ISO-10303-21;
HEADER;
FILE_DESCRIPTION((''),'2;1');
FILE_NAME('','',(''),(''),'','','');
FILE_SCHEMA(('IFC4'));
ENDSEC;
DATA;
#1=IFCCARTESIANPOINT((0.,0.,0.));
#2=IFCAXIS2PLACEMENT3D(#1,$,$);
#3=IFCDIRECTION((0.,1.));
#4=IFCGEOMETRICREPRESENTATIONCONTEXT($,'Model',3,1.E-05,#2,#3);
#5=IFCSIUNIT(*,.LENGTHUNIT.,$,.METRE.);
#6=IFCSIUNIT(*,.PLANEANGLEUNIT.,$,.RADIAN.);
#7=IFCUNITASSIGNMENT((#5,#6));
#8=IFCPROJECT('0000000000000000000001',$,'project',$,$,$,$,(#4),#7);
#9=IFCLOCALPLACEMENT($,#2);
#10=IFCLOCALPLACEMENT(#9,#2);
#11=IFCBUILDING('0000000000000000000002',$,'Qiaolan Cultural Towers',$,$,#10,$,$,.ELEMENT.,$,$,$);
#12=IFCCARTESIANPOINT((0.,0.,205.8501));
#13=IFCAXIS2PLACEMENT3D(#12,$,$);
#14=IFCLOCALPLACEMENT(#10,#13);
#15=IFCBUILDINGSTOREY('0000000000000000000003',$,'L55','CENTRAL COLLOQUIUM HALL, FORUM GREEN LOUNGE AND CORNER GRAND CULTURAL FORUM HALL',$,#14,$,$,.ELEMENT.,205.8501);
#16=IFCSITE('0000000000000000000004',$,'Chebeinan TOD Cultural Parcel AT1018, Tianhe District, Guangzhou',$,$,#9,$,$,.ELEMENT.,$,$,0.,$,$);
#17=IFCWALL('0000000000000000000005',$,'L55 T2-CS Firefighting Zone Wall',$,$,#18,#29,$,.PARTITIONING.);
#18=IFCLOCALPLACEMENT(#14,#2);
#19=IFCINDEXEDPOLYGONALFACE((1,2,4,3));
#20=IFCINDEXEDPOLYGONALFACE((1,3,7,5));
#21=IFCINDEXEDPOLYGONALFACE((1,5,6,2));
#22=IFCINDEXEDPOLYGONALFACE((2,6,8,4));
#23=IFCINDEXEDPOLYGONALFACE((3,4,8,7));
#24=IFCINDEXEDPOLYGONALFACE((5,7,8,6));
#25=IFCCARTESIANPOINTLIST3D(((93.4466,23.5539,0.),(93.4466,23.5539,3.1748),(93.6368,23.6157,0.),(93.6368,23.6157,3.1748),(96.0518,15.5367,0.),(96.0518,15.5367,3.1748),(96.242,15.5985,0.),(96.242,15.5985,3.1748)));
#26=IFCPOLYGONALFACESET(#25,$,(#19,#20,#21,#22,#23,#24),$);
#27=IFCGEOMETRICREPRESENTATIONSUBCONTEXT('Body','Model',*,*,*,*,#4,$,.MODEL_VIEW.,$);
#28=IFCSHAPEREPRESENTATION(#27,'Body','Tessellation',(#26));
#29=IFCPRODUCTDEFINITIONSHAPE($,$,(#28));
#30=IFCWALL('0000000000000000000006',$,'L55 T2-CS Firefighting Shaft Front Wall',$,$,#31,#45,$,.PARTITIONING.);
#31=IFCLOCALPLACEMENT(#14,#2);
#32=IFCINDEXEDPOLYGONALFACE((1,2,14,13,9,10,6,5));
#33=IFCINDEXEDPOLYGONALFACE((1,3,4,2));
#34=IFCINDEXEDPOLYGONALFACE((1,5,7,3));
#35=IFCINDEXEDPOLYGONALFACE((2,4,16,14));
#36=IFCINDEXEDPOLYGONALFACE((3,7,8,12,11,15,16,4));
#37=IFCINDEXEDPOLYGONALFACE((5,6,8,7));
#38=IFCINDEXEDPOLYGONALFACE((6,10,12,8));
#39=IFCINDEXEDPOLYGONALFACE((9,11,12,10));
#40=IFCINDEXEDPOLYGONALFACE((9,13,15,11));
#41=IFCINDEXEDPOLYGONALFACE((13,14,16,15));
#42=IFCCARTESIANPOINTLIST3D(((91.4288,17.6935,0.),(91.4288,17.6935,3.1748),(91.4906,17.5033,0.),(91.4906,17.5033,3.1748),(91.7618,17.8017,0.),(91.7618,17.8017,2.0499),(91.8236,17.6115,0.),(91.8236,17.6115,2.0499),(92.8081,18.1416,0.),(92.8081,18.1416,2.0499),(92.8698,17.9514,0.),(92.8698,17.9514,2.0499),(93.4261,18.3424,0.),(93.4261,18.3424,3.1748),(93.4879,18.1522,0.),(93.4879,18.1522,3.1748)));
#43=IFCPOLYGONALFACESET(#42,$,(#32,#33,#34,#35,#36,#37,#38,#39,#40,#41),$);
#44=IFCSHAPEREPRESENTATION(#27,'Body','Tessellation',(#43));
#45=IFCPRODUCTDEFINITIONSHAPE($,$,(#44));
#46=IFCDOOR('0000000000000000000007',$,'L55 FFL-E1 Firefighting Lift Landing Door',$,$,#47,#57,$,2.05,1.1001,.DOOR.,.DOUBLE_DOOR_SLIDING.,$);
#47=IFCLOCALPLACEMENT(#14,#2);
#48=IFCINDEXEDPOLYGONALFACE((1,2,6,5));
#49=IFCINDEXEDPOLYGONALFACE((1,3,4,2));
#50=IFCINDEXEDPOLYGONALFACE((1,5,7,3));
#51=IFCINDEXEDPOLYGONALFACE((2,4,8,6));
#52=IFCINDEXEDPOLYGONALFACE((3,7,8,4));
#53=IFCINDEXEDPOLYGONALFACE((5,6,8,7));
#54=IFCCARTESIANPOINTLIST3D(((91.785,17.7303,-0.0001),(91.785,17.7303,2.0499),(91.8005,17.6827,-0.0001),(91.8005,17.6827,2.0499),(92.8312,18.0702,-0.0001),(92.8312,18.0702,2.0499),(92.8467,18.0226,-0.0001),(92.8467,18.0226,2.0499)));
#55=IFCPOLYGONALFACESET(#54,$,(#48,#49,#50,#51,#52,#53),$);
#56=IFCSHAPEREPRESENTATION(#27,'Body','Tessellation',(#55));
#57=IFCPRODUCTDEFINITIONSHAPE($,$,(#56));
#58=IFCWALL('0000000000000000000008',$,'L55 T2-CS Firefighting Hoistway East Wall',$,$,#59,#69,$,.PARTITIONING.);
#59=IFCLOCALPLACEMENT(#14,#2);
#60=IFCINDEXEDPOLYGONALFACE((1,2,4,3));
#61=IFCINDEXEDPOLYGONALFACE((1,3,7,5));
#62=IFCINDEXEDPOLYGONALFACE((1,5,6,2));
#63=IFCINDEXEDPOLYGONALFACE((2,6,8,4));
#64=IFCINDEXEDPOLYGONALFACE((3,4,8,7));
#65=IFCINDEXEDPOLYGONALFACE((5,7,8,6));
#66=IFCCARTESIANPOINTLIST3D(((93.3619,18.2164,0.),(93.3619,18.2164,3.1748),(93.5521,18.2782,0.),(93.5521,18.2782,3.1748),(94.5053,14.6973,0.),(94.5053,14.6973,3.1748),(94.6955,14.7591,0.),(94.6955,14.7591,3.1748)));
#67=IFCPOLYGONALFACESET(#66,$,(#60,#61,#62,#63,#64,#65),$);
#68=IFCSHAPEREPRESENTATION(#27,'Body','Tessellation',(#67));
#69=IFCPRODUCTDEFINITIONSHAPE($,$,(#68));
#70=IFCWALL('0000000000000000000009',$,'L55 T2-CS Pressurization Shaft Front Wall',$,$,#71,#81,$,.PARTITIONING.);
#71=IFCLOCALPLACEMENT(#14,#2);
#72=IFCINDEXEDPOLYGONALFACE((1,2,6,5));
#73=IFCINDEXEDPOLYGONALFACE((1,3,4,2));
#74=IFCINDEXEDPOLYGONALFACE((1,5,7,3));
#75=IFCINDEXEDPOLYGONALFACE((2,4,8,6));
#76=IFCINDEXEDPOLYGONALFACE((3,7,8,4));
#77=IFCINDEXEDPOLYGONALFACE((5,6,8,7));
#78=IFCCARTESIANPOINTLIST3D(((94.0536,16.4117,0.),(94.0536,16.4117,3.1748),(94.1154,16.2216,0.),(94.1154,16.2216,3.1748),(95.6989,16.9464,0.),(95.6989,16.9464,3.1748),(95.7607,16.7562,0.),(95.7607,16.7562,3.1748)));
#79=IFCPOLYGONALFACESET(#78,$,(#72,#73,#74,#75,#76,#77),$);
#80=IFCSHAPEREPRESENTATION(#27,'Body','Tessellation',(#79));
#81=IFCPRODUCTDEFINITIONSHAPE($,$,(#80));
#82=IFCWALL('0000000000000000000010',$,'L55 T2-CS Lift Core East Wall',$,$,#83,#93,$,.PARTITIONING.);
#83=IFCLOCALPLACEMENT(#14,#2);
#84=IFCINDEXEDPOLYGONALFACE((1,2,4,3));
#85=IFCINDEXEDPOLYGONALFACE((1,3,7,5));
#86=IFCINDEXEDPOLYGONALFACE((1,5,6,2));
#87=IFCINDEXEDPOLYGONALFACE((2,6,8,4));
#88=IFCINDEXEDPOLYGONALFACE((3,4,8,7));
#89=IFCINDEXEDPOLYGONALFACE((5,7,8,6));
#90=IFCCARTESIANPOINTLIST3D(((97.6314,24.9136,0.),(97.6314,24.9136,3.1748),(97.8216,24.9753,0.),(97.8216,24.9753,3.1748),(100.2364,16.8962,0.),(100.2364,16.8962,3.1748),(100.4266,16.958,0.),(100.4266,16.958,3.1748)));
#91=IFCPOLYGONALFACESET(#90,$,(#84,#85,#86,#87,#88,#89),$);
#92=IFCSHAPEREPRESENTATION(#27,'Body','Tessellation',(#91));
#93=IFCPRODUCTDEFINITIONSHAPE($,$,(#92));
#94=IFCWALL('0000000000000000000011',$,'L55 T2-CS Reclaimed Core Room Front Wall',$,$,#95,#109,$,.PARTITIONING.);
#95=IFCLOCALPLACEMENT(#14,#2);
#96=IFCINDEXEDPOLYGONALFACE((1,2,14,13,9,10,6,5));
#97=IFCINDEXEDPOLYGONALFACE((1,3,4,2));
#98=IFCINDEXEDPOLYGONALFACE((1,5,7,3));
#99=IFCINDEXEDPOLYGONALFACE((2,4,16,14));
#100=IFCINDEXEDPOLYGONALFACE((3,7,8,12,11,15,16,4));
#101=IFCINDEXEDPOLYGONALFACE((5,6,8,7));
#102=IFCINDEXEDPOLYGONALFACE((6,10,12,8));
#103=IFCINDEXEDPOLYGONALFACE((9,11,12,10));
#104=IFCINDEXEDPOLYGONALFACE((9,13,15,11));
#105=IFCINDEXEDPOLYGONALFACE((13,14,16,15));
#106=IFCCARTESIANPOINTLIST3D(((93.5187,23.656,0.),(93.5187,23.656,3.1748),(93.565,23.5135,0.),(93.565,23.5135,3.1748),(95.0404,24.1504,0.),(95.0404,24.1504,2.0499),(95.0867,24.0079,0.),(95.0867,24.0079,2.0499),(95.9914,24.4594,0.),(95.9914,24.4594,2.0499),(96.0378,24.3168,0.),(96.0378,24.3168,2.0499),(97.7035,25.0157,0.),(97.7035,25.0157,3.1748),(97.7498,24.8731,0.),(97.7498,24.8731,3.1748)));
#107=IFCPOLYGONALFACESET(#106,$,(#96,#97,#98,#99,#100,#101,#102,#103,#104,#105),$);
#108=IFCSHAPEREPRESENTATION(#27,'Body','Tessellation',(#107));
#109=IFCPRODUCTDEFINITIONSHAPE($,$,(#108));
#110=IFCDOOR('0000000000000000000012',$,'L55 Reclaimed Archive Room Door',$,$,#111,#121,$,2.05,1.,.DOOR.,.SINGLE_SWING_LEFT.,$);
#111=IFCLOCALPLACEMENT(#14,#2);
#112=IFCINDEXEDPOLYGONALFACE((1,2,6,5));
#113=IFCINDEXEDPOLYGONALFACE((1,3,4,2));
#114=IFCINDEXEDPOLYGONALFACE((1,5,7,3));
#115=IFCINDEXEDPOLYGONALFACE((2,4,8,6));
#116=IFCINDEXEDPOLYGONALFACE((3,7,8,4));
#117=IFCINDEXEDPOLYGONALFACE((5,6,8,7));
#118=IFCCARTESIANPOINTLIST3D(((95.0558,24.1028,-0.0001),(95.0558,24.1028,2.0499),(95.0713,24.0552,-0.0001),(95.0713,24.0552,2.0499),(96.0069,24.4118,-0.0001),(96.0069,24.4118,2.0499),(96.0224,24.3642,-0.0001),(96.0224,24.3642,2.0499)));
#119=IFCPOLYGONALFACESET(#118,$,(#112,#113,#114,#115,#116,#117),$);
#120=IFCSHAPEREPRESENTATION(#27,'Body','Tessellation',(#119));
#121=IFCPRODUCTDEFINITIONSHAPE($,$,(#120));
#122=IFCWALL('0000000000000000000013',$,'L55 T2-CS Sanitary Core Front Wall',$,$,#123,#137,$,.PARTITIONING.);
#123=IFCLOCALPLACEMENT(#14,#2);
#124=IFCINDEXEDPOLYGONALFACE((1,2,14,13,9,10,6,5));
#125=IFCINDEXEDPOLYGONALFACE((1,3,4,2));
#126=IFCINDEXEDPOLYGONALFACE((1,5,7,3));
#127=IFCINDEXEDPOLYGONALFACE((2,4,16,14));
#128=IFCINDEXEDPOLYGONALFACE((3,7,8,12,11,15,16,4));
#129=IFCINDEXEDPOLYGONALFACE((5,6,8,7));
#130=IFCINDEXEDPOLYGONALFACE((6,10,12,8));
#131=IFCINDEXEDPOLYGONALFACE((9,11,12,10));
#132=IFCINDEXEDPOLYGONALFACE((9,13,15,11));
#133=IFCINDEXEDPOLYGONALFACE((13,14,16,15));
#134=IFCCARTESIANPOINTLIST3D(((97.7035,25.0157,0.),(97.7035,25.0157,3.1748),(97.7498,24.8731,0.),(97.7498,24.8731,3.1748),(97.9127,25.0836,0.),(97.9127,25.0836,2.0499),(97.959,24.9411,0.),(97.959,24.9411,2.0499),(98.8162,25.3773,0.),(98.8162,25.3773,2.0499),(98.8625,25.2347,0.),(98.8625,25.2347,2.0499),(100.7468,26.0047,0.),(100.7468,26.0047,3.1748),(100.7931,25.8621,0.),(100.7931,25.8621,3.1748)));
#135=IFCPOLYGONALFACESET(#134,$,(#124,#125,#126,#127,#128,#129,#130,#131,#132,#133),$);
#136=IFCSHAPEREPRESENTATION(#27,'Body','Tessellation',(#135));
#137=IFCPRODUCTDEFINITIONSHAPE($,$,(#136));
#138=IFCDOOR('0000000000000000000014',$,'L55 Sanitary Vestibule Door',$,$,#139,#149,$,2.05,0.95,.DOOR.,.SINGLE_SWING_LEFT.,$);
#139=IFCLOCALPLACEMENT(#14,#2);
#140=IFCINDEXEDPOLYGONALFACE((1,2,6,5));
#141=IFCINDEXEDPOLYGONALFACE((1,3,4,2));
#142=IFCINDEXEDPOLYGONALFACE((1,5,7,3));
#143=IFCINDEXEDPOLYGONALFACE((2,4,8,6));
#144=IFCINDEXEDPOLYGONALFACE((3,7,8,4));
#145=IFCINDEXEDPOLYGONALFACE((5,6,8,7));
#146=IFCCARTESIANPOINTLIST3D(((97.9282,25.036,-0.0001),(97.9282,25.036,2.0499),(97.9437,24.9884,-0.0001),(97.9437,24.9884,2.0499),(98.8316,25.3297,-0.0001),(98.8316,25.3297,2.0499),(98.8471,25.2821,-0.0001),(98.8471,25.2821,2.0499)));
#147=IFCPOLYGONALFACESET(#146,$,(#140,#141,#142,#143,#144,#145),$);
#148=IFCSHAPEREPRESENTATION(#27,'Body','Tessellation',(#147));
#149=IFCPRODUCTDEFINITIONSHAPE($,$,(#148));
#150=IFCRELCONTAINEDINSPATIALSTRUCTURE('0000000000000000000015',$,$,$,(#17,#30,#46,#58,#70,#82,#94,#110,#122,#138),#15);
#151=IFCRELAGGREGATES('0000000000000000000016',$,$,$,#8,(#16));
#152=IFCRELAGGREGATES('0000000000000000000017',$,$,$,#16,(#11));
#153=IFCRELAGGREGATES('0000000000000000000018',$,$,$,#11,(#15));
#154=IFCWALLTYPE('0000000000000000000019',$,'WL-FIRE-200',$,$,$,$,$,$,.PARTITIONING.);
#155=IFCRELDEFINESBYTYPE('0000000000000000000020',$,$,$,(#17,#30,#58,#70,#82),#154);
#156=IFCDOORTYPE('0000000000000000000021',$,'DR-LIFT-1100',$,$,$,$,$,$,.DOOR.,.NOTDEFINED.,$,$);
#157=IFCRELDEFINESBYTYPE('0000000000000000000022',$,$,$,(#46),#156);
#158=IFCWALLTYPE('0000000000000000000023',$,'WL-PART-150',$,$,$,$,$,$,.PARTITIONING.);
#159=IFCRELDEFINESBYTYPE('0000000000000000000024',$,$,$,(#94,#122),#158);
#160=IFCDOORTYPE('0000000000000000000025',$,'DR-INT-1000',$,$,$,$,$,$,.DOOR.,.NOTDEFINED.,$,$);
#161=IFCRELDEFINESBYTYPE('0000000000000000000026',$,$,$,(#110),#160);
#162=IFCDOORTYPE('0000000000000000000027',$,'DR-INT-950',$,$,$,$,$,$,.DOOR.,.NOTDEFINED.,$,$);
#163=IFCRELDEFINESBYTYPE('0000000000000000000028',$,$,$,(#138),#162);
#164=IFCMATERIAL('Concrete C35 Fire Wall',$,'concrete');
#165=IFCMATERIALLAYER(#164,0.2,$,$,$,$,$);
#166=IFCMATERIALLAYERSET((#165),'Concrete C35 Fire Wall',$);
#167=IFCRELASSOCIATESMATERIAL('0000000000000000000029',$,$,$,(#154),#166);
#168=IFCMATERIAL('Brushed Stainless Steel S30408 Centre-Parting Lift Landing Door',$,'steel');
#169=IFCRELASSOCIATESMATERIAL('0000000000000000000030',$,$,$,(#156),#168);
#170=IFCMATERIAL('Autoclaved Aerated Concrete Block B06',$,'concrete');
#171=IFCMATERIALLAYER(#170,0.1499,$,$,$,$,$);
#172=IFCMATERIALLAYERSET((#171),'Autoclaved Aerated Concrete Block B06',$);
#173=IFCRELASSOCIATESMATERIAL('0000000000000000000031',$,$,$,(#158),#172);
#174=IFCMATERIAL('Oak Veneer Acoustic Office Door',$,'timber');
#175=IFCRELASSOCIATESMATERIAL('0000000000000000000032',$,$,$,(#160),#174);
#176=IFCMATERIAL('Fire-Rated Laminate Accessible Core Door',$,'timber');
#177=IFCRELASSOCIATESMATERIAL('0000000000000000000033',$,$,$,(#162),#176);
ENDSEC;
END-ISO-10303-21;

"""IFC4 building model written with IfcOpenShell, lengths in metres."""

from ifc_helpers import new_model, si_unit, direction, frame, frame_2d, origin, place, context, subcontext, project, spatial, rectangle, extrude, material, layer, layer_set, type_object, element, fill, save


model = new_model("IFC4")

# Units and contexts
model_context = context("Model", 3, precision=1e-05, world=origin(), true_north=direction((0.0, 1.0)))
body_context = subcontext(model_context, "Body", "Model", "MODEL_VIEW")
ifc_project = project(units=[si_unit("LENGTHUNIT", "METRE"), si_unit("PLANEANGLEUNIT", "RADIAN")], contexts=[model_context])

# Site, building, storey
site_placement = place(None, origin())
site = spatial("IfcSite", under=ifc_project, at=site_placement, Name="Chebeinan TOD Cultural Parcel AT1018, Tianhe District, Guangzhou", CompositionType="ELEMENT", RefElevation=0.0)
building_placement = place(site_placement, origin())
building = spatial("IfcBuilding", under=site, at=building_placement, Name="Qiaolan Cultural Towers", CompositionType="ELEMENT")
storey_placement = place(building_placement, frame((0.0, 0.0, 205.8501)))
storey = spatial("IfcBuildingStorey", under=building, at=storey_placement, Name="L55", Description="CENTRAL COLLOQUIUM HALL, FORUM GREEN LOUNGE AND CORNER GRAND CULTURAL FORUM HALL", CompositionType="ELEMENT", Elevation=205.8501)

# Wall
ifc_material_1 = material(Name="Concrete C35 Fire Wall", Category="concrete")
ifc_layer_1 = layer(ifc_material_1, 0.2)
ifc_layer_set_1 = layer_set([ifc_layer_1], Name="Concrete C35 Fire Wall")
wall_type_1 = type_object("IfcWallType", Name="WL-FIRE-200", PredefinedType="PARTITIONING", material=ifc_layer_set_1)
wall_1_placement = place(storey_placement, frame((93.5417, 23.5847, 0.0), z_axis=(0.0, 0.0, 1.0), x_axis=(0.309042, -0.951048, 0.0)))
element("IfcWall", 1, at=wall_1_placement, inside=storey, type_object=wall_type_1, Name="L55 T2-CS Firefighting Zone Wall", PredefinedType="PARTITIONING", context=body_context, shape_type="SweptSolid", body=[
    extrude(rectangle(XDim=8.4299, YDim=0.2, at=frame_2d((4.2148, 0.0))), origin(), (0.0, 0.0, 1.0), 3.1748),
])

# Wall, opening, door
wall_2_placement = place(storey_placement, frame((91.4597, 17.5984, 0.0), z_axis=(0.0, 0.0, 1.0), x_axis=(0.951062, 0.308999, 0.0)))
wall_2 = element("IfcWall", 2, at=wall_2_placement, inside=storey, type_object=wall_type_1, Name="L55 T2-CS Firefighting Shaft Front Wall", PredefinedType="PARTITIONING", context=body_context, shape_type="SweptSolid", body=[
    extrude(rectangle(XDim=2.1001, YDim=0.2, at=frame_2d((1.05, 0.0))), origin(), (0.0, 0.0, 1.0), 3.1748),
])
opening_1_placement = place(wall_2_placement, frame((0.3501, 0.0, 0.0)))
opening_1 = element("IfcOpeningElement", 3, at=opening_1_placement, cuts=wall_2, PredefinedType="OPENING", context=body_context, shape_type="SweptSolid", body=[
    extrude(rectangle(XDim=1.1001, YDim=2.05, at=frame_2d((0.55, 1.0249))), frame((0.0, 0.1099, 0.0), z_axis=(0.0, -1.0, 0.0), x_axis=(1.0, 0.0, 0.0)), (0.0, 0.0, 1.0), 0.22),
])
ifc_material_2 = material(Name="Brushed Stainless Steel S30408 Centre-Parting Lift Landing Door", Category="steel")
door_type_1 = type_object("IfcDoorType", Name="DR-LIFT-1100", OperationType="NOTDEFINED", PredefinedType="DOOR", material=ifc_material_2)
door_1_placement = place(opening_1_placement, origin())
door_1 = element("IfcDoor", 4, at=door_1_placement, inside=storey, type_object=door_type_1, Name="L55 FFL-E1 Firefighting Lift Landing Door", OperationType="DOUBLE_DOOR_SLIDING", OverallHeight=2.05, OverallWidth=1.1001, PredefinedType="DOOR", context=body_context, shape_type="SweptSolid", body=[
    extrude(rectangle(XDim=1.1001, YDim=2.05, at=frame_2d((0.55, 1.0249))), frame((0.0, 0.0249, 0.0), z_axis=(0.0, -1.0, 0.0), x_axis=(1.0, 0.0, 0.0)), (0.0, 0.0, 1.0), 0.05),
])
fill(opening_1, door_1)

# Walls
wall_3_placement = place(storey_placement, frame((93.457, 18.2473, 0.0), z_axis=(0.0, 0.0, 1.0), x_axis=(0.308994, -0.951064, 0.0)))
element("IfcWall", 5, at=wall_3_placement, inside=storey, type_object=wall_type_1, Name="L55 T2-CS Firefighting Hoistway East Wall", PredefinedType="PARTITIONING", context=body_context, shape_type="SweptSolid", body=[
    extrude(rectangle(XDim=3.7002, YDim=0.2, at=frame_2d((1.8501, 0.0))), origin(), (0.0, 0.0, 1.0), 3.1748),
])
wall_4_placement = place(storey_placement, frame((94.0845, 16.3167, 0.0), z_axis=(0.0, 0.0, 1.0), x_axis=(0.951041, 0.309064, 0.0)))
element("IfcWall", 6, at=wall_4_placement, inside=storey, type_object=wall_type_1, Name="L55 T2-CS Pressurization Shaft Front Wall", PredefinedType="PARTITIONING", context=body_context, shape_type="SweptSolid", body=[
    extrude(rectangle(XDim=1.73, YDim=0.2, at=frame_2d((0.865, 0.0))), origin(), (0.0, 0.0, 1.0), 3.1748),
])
wall_5_placement = place(storey_placement, frame((97.7266, 24.9443, 0.0), z_axis=(0.0, 0.0, 1.0), x_axis=(0.309016, -0.951057, 0.0)))
element("IfcWall", 7, at=wall_5_placement, inside=storey, type_object=wall_type_1, Name="L55 T2-CS Lift Core East Wall", PredefinedType="PARTITIONING", context=body_context, shape_type="SweptSolid", body=[
    extrude(rectangle(XDim=8.4299, YDim=0.2, at=frame_2d((4.2148, 0.0))), origin(), (0.0, 0.0, 1.0), 3.1748),
])

# Walls, openings, doors
ifc_material_3 = material(Name="Autoclaved Aerated Concrete Block B06", Category="concrete")
ifc_layer_2 = layer(ifc_material_3, 0.1499)
ifc_layer_set_2 = layer_set([ifc_layer_2], Name="Autoclaved Aerated Concrete Block B06")
wall_type_2 = type_object("IfcWallType", Name="WL-PART-150", PredefinedType="PARTITIONING", material=ifc_layer_set_2)
wall_6_placement = place(storey_placement, frame((93.5417, 23.5847, 0.0), z_axis=(0.0, 0.0, 1.0), x_axis=(0.951064, 0.308994, 0.0)))
wall_6 = element("IfcWall", 8, at=wall_6_placement, inside=storey, type_object=wall_type_2, Name="L55 T2-CS Reclaimed Core Room Front Wall", PredefinedType="PARTITIONING", context=body_context, shape_type="SweptSolid", body=[
    extrude(rectangle(XDim=4.4001, YDim=0.1499, at=frame_2d((2.2002, 0.0))), origin(), (0.0, 0.0, 1.0), 3.1748),
])
opening_2_placement = place(wall_6_placement, frame((1.6001, 0.0, 0.0)))
opening_2 = element("IfcOpeningElement", 9, at=opening_2_placement, cuts=wall_6, PredefinedType="OPENING", context=body_context, shape_type="SweptSolid", body=[
    extrude(rectangle(XDim=1.0, YDim=2.05, at=frame_2d((0.5, 1.0249))), frame((0.0, 0.085, 0.0), z_axis=(0.0, -1.0, 0.0), x_axis=(1.0, 0.0, 0.0)), (0.0, 0.0, 1.0), 0.1699),
])
ifc_material_4 = material(Name="Oak Veneer Acoustic Office Door", Category="timber")
door_type_2 = type_object("IfcDoorType", Name="DR-INT-1000", OperationType="NOTDEFINED", PredefinedType="DOOR", material=ifc_material_4)
door_2_placement = place(opening_2_placement, origin())
door_2 = element("IfcDoor", 10, at=door_2_placement, inside=storey, type_object=door_type_2, Name="L55 Reclaimed Archive Room Door", OperationType="SINGLE_SWING_LEFT", OverallHeight=2.05, OverallWidth=1.0, PredefinedType="DOOR", context=body_context, shape_type="SweptSolid", body=[
    extrude(rectangle(XDim=1.0, YDim=2.05, at=frame_2d((0.5, 1.0249))), frame((0.0, 0.0249, 0.0), z_axis=(0.0, -1.0, 0.0), x_axis=(1.0, 0.0, 0.0)), (0.0, 0.0, 1.0), 0.05),
])
fill(opening_2, door_2)
wall_7_placement = place(storey_placement, frame((97.7266, 24.9443, 0.0), z_axis=(0.0, 0.0, 1.0), x_axis=(0.951037, 0.309077, 0.0)))
wall_7 = element("IfcWall", 11, at=wall_7_placement, inside=storey, type_object=wall_type_2, Name="L55 T2-CS Sanitary Core Front Wall", PredefinedType="PARTITIONING", context=body_context, shape_type="SweptSolid", body=[
    extrude(rectangle(XDim=3.2, YDim=0.1499, at=frame_2d((1.6001, 0.0))), origin(), (0.0, 0.0, 1.0), 3.1748),
])
opening_3_placement = place(wall_7_placement, frame((0.22, 0.0, 0.0)))
opening_3 = element("IfcOpeningElement", 12, at=opening_3_placement, cuts=wall_7, PredefinedType="OPENING", context=body_context, shape_type="SweptSolid", body=[
    extrude(rectangle(XDim=0.95, YDim=2.05, at=frame_2d((0.4751, 1.0249))), frame((0.0, 0.085, 0.0), z_axis=(0.0, -1.0, 0.0), x_axis=(1.0, 0.0, 0.0)), (0.0, 0.0, 1.0), 0.1699),
])
ifc_material_5 = material(Name="Fire-Rated Laminate Accessible Core Door", Category="timber")
door_type_3 = type_object("IfcDoorType", Name="DR-INT-950", OperationType="NOTDEFINED", PredefinedType="DOOR", material=ifc_material_5)
door_3_placement = place(opening_3_placement, origin())
door_3 = element("IfcDoor", 13, at=door_3_placement, inside=storey, type_object=door_type_3, Name="L55 Sanitary Vestibule Door", OperationType="SINGLE_SWING_LEFT", OverallHeight=2.05, OverallWidth=0.95, PredefinedType="DOOR", context=body_context, shape_type="SweptSolid", body=[
    extrude(rectangle(XDim=0.95, YDim=2.05, at=frame_2d((0.4751, 1.0249))), frame((0.0, 0.0249, 0.0), z_axis=(0.0, -1.0, 0.0), x_axis=(1.0, 0.0, 0.0)), (0.0, 0.0, 1.0), 0.05),
])
fill(opening_3, door_3)

save(model, "model.ifc")
